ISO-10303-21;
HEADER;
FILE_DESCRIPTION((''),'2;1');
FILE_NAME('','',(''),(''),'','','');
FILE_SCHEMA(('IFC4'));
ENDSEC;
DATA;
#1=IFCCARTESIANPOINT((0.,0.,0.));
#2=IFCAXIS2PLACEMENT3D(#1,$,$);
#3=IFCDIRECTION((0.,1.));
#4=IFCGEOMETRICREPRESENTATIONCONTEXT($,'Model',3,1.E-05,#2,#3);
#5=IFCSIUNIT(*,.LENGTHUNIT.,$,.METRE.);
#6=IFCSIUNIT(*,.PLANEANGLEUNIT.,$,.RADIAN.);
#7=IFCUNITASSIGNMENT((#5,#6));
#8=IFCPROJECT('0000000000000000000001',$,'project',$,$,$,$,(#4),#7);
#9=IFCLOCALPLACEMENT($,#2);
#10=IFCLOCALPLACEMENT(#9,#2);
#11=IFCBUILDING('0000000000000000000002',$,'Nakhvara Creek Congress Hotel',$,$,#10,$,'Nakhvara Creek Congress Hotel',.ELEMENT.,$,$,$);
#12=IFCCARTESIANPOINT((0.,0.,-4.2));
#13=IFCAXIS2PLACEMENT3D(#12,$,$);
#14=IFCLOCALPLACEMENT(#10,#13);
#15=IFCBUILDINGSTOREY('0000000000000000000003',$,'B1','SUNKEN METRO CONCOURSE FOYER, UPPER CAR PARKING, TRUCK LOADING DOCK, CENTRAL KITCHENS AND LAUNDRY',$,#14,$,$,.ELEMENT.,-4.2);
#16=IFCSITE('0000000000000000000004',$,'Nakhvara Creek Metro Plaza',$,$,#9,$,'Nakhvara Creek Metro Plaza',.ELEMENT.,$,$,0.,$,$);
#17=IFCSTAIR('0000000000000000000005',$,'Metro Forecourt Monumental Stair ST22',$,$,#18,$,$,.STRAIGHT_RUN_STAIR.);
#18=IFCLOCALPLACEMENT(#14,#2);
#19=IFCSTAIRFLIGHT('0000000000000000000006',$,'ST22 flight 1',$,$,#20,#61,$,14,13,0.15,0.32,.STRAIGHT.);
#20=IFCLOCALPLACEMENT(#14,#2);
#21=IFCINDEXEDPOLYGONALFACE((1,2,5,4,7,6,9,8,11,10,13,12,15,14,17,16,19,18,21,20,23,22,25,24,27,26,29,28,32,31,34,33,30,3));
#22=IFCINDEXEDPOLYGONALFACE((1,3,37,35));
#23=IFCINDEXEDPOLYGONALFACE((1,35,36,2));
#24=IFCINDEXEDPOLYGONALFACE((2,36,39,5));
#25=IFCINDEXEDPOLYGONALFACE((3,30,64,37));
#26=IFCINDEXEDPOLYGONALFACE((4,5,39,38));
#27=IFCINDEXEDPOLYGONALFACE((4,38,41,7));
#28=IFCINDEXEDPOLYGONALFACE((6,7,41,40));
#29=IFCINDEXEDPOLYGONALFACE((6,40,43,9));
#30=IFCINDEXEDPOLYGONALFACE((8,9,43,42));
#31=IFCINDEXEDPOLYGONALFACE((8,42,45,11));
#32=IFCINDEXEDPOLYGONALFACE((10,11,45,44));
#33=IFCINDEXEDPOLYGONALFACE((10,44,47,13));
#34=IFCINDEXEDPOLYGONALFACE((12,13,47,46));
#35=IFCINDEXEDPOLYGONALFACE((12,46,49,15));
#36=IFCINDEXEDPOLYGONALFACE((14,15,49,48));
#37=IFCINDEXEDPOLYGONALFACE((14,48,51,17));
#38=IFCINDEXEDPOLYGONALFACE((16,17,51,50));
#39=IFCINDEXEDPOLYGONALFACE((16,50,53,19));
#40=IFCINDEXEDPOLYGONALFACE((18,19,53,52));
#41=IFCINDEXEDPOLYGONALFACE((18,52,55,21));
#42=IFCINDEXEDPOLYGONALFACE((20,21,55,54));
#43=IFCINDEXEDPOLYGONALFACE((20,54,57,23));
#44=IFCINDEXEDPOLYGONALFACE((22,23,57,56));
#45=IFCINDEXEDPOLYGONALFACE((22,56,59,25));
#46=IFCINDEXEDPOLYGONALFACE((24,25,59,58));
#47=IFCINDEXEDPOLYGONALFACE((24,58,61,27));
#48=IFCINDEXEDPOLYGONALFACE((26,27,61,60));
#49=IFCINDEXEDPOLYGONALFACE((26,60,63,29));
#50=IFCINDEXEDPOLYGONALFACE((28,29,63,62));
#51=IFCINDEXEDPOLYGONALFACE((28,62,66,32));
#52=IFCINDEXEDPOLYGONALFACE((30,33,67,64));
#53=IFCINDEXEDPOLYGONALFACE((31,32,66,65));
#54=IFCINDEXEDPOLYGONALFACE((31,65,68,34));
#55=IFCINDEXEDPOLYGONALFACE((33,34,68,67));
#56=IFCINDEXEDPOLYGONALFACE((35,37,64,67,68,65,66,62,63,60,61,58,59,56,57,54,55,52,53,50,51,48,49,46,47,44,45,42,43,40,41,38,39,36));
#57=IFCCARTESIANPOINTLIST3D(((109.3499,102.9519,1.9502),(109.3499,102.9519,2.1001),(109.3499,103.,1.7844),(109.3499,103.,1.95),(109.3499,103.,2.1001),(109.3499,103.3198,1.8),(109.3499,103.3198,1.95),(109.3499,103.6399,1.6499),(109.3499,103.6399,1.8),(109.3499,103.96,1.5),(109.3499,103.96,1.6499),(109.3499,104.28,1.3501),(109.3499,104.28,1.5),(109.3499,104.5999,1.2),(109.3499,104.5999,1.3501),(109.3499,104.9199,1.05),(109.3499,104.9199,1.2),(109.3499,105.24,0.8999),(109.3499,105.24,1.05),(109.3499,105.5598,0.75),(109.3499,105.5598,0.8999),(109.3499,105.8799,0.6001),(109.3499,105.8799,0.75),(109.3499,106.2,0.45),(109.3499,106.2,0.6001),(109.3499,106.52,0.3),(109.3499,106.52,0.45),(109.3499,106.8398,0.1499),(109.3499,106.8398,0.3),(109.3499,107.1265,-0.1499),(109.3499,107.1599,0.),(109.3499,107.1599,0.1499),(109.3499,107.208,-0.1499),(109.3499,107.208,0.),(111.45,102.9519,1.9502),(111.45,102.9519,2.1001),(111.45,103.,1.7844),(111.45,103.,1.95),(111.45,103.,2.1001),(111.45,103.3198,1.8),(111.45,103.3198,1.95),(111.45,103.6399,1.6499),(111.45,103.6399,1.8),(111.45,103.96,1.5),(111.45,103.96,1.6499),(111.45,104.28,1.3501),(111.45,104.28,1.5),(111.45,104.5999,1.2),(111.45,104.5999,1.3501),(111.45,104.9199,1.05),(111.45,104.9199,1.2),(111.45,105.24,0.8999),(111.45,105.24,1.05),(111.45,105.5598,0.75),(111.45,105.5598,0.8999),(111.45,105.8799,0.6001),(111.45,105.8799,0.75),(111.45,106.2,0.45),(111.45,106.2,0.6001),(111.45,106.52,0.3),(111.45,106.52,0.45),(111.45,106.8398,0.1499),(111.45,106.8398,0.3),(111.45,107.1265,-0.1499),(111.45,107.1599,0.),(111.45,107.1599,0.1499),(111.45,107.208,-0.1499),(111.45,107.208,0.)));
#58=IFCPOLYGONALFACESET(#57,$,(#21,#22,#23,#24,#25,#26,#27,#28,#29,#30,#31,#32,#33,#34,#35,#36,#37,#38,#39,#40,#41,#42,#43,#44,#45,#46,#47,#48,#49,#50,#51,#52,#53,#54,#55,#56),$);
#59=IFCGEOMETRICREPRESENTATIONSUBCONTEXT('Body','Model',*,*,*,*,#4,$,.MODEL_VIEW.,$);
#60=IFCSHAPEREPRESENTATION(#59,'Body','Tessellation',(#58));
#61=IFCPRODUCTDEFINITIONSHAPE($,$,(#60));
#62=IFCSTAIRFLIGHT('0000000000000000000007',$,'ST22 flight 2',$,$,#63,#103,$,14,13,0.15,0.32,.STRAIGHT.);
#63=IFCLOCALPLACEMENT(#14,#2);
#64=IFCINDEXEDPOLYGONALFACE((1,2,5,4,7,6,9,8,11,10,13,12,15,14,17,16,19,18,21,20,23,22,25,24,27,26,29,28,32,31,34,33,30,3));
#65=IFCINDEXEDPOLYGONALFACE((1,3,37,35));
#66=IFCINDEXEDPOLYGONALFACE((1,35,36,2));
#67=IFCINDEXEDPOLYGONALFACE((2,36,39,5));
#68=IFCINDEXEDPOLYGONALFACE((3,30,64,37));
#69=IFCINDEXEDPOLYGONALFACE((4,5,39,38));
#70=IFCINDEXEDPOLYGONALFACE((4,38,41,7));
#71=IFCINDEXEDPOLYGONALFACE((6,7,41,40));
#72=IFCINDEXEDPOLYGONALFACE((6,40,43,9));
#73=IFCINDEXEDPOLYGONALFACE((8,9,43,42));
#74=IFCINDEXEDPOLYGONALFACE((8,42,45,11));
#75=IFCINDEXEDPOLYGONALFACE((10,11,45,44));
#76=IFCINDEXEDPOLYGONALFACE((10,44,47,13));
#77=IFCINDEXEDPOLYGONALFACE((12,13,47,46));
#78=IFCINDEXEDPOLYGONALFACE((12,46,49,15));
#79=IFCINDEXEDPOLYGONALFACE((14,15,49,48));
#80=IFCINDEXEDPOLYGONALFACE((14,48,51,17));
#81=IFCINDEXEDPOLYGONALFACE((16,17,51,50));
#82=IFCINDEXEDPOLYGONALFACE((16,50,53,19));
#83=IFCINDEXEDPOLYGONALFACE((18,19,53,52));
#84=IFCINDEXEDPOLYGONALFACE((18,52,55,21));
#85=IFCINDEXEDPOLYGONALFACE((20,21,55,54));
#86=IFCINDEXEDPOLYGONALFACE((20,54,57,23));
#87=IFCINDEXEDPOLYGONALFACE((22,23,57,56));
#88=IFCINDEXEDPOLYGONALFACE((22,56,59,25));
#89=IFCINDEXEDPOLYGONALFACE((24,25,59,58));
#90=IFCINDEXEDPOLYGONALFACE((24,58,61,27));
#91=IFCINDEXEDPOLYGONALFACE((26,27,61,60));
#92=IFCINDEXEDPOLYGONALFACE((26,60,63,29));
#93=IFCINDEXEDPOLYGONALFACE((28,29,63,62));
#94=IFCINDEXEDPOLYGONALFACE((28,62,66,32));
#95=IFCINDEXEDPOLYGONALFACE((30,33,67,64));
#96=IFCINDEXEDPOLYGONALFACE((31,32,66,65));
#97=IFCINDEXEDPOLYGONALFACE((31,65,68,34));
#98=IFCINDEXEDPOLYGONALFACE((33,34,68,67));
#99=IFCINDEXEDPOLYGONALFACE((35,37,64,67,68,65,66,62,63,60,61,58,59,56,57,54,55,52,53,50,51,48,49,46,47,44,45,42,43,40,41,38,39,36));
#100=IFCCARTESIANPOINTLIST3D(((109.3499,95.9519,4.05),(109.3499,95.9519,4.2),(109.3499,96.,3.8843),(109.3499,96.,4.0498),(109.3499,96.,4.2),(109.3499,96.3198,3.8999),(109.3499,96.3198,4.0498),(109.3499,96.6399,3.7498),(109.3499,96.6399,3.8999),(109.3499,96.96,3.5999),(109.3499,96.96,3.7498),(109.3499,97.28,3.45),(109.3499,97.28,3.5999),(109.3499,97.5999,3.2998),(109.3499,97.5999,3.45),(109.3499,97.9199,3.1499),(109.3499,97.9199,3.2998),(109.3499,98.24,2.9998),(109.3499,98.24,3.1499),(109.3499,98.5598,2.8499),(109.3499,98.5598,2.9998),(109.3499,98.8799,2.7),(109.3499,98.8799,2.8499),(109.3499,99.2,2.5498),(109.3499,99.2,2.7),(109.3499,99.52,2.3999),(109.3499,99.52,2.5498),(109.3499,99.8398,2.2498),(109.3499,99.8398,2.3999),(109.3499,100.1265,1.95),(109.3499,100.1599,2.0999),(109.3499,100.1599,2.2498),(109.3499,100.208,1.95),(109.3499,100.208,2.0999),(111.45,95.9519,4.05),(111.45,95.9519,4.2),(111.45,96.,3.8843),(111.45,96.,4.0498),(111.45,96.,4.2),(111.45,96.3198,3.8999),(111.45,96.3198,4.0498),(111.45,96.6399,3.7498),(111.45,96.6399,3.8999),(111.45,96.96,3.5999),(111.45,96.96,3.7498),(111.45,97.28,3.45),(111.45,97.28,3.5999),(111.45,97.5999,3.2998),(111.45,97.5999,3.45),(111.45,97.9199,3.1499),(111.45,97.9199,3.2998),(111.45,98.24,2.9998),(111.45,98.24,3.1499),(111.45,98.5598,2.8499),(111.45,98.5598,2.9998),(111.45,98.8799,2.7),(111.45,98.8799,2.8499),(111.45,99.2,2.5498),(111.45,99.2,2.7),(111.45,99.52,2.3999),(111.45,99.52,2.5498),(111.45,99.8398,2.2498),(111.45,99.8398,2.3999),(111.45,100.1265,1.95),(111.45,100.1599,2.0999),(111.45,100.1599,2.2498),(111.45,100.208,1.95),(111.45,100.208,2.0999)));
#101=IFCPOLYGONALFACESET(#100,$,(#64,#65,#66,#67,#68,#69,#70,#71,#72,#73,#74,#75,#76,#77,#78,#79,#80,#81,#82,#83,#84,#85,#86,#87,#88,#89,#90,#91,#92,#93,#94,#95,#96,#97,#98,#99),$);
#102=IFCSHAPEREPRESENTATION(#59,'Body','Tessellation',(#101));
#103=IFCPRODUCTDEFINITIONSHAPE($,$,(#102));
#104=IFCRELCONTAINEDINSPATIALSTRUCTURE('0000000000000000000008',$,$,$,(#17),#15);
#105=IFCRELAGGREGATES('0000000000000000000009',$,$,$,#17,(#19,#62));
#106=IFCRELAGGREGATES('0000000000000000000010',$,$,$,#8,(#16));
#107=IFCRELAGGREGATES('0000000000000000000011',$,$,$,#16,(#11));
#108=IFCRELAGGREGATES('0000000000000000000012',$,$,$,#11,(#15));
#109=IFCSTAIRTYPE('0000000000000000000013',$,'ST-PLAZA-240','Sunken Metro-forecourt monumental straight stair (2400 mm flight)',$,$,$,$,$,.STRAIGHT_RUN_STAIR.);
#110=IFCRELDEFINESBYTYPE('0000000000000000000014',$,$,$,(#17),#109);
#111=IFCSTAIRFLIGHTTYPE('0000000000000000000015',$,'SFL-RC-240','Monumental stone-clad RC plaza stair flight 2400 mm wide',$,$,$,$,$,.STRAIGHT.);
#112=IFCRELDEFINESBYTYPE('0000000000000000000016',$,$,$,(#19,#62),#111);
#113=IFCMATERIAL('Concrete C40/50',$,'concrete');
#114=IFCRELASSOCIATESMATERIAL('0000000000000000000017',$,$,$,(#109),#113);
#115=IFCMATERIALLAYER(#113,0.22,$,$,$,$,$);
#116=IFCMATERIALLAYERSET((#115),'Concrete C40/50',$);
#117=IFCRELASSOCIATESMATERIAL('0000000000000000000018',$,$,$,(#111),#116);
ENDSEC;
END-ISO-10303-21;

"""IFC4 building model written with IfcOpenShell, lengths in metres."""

from ifc_helpers import new_model, si_unit, direction, frame, origin, place, context, subcontext, project, spatial, polyline, outline, extrude, material, layer, layer_set, type_object, element, aggregate, save


model = new_model("IFC4")

# Units and contexts
model_context = context("Model", 3, precision=1e-05, world=origin(), true_north=direction((0.0, 1.0)))
body_context = subcontext(model_context, "Body", "Model", "MODEL_VIEW")
ifc_project = project(units=[si_unit("LENGTHUNIT", "METRE"), si_unit("PLANEANGLEUNIT", "RADIAN")], contexts=[model_context])

# Site, building, storey
site_placement = place(None, origin())
site = spatial("IfcSite", under=ifc_project, at=site_placement, Name="Nakhvara Creek Metro Plaza", LongName="Nakhvara Creek Metro Plaza", CompositionType="ELEMENT", RefElevation=0.0)
building_placement = place(site_placement, origin())
building = spatial("IfcBuilding", under=site, at=building_placement, Name="Nakhvara Creek Congress Hotel", LongName="Nakhvara Creek Congress Hotel", CompositionType="ELEMENT")
storey_placement = place(building_placement, frame((0.0, 0.0, -4.2)))
storey = spatial("IfcBuildingStorey", under=building, at=storey_placement, Name="B1", Description="SUNKEN METRO CONCOURSE FOYER, UPPER CAR PARKING, TRUCK LOADING DOCK, CENTRAL KITCHENS AND LAUNDRY", CompositionType="ELEMENT", Elevation=-4.2)

# Stair, stair flights
ifc_material_1 = material(Name="Concrete C40/50", Category="concrete")
stair_type = type_object("IfcStairType", Name="ST-PLAZA-240", Description="Sunken Metro-forecourt monumental straight stair (2400 mm flight)", PredefinedType="STRAIGHT_RUN_STAIR", material=ifc_material_1)
stair_placement = place(storey_placement, origin())
stair = element("IfcStair", 1, at=stair_placement, inside=storey, type_object=stair_type, Name="Metro Forecourt Monumental Stair ST22", PredefinedType="STRAIGHT_RUN_STAIR")
ifc_layer_1 = layer(ifc_material_1, 0.22)
ifc_layer_set_1 = layer_set([ifc_layer_1], Name="Concrete C40/50")
stair_flight_type = type_object("IfcStairFlightType", Name="SFL-RC-240", Description="Monumental stone-clad RC plaza stair flight 2400 mm wide", PredefinedType="STRAIGHT", material=ifc_layer_set_1)
stair_flight_1_placement = place(storey_placement, frame((110.3999, 107.1599, 0.0), z_axis=(0.0, 0.0, 1.0), x_axis=(0.0, -1.0, 0.0)))
stair_flight_1 = element("IfcStairFlight", 2, at=stair_flight_1_placement, type_object=stair_flight_type, Name="ST22 flight 1", NumberOfRisers=14, NumberOfTreads=13, PredefinedType="STRAIGHT", RiserHeight=0.15, TreadLength=0.32, context=body_context, shape_type="SweptSolid", body=[
    extrude(outline(polyline([(-0.0481, 0.0), (0.0, 0.0), (0.0, 0.1499), (0.3201, 0.1499), (0.3201, 0.3), (0.6399, 0.3), (0.6399, 0.45), (0.96, 0.45), (0.96, 0.6001), (1.28, 0.6001), (1.28, 0.75), (1.6001, 0.75), (1.6001, 0.8999), (1.9199, 0.8999), (1.9199, 1.05), (2.24, 1.05), (2.24, 1.2), (2.5601, 1.2), (2.5601, 1.3501), (2.8799, 1.3501), (2.8799, 1.5), (3.2, 1.5), (3.2, 1.6499), (3.52, 1.6499), (3.52, 1.8), (3.8401, 1.8), (3.8401, 1.95), (4.1599, 1.95), (4.1599, 2.1001), (4.208, 2.1001), (4.208, 1.9502), (4.1599, 1.7844), (0.0334, -0.1499), (-0.0481, -0.1499), (-0.0481, 0.0)])), frame((0.0, 1.05, 0.0), z_axis=(0.0, -1.0, 0.0), x_axis=(1.0, 0.0, 0.0)), (0.0, 0.0, 1.0), 2.1001),
])
stair_flight_2_placement = place(storey_placement, frame((110.3999, 100.1599, 2.0999), z_axis=(0.0, 0.0, 1.0), x_axis=(0.0, -1.0, 0.0)))
stair_flight_2 = element("IfcStairFlight", 3, at=stair_flight_2_placement, type_object=stair_flight_type, Name="ST22 flight 2", NumberOfRisers=14, NumberOfTreads=13, PredefinedType="STRAIGHT", RiserHeight=0.15, TreadLength=0.32, context=body_context, shape_type="SweptSolid", body=[
    extrude(outline(polyline([(-0.0481, 0.0), (0.0, 0.0), (0.0, 0.1499), (0.3201, 0.1499), (0.3201, 0.3), (0.6399, 0.3), (0.6399, 0.45), (0.96, 0.45), (0.96, 0.6001), (1.28, 0.6001), (1.28, 0.75), (1.6001, 0.75), (1.6001, 0.8999), (1.9199, 0.8999), (1.9199, 1.05), (2.24, 1.05), (2.24, 1.2), (2.5601, 1.2), (2.5601, 1.3501), (2.8799, 1.3501), (2.8799, 1.5), (3.2, 1.5), (3.2, 1.6499), (3.52, 1.6499), (3.52, 1.8), (3.8401, 1.8), (3.8401, 1.95), (4.1599, 1.95), (4.1599, 2.1001), (4.208, 2.1001), (4.208, 1.9502), (4.1599, 1.7844), (0.0334, -0.1499), (-0.0481, -0.1499), (-0.0481, 0.0)])), frame((0.0, 1.05, 0.0), z_axis=(0.0, -1.0, 0.0), x_axis=(1.0, 0.0, 0.0)), (0.0, 0.0, 1.0), 2.1001),
])
aggregate(stair, [stair_flight_1, stair_flight_2])

save(model, "model.ifc")
